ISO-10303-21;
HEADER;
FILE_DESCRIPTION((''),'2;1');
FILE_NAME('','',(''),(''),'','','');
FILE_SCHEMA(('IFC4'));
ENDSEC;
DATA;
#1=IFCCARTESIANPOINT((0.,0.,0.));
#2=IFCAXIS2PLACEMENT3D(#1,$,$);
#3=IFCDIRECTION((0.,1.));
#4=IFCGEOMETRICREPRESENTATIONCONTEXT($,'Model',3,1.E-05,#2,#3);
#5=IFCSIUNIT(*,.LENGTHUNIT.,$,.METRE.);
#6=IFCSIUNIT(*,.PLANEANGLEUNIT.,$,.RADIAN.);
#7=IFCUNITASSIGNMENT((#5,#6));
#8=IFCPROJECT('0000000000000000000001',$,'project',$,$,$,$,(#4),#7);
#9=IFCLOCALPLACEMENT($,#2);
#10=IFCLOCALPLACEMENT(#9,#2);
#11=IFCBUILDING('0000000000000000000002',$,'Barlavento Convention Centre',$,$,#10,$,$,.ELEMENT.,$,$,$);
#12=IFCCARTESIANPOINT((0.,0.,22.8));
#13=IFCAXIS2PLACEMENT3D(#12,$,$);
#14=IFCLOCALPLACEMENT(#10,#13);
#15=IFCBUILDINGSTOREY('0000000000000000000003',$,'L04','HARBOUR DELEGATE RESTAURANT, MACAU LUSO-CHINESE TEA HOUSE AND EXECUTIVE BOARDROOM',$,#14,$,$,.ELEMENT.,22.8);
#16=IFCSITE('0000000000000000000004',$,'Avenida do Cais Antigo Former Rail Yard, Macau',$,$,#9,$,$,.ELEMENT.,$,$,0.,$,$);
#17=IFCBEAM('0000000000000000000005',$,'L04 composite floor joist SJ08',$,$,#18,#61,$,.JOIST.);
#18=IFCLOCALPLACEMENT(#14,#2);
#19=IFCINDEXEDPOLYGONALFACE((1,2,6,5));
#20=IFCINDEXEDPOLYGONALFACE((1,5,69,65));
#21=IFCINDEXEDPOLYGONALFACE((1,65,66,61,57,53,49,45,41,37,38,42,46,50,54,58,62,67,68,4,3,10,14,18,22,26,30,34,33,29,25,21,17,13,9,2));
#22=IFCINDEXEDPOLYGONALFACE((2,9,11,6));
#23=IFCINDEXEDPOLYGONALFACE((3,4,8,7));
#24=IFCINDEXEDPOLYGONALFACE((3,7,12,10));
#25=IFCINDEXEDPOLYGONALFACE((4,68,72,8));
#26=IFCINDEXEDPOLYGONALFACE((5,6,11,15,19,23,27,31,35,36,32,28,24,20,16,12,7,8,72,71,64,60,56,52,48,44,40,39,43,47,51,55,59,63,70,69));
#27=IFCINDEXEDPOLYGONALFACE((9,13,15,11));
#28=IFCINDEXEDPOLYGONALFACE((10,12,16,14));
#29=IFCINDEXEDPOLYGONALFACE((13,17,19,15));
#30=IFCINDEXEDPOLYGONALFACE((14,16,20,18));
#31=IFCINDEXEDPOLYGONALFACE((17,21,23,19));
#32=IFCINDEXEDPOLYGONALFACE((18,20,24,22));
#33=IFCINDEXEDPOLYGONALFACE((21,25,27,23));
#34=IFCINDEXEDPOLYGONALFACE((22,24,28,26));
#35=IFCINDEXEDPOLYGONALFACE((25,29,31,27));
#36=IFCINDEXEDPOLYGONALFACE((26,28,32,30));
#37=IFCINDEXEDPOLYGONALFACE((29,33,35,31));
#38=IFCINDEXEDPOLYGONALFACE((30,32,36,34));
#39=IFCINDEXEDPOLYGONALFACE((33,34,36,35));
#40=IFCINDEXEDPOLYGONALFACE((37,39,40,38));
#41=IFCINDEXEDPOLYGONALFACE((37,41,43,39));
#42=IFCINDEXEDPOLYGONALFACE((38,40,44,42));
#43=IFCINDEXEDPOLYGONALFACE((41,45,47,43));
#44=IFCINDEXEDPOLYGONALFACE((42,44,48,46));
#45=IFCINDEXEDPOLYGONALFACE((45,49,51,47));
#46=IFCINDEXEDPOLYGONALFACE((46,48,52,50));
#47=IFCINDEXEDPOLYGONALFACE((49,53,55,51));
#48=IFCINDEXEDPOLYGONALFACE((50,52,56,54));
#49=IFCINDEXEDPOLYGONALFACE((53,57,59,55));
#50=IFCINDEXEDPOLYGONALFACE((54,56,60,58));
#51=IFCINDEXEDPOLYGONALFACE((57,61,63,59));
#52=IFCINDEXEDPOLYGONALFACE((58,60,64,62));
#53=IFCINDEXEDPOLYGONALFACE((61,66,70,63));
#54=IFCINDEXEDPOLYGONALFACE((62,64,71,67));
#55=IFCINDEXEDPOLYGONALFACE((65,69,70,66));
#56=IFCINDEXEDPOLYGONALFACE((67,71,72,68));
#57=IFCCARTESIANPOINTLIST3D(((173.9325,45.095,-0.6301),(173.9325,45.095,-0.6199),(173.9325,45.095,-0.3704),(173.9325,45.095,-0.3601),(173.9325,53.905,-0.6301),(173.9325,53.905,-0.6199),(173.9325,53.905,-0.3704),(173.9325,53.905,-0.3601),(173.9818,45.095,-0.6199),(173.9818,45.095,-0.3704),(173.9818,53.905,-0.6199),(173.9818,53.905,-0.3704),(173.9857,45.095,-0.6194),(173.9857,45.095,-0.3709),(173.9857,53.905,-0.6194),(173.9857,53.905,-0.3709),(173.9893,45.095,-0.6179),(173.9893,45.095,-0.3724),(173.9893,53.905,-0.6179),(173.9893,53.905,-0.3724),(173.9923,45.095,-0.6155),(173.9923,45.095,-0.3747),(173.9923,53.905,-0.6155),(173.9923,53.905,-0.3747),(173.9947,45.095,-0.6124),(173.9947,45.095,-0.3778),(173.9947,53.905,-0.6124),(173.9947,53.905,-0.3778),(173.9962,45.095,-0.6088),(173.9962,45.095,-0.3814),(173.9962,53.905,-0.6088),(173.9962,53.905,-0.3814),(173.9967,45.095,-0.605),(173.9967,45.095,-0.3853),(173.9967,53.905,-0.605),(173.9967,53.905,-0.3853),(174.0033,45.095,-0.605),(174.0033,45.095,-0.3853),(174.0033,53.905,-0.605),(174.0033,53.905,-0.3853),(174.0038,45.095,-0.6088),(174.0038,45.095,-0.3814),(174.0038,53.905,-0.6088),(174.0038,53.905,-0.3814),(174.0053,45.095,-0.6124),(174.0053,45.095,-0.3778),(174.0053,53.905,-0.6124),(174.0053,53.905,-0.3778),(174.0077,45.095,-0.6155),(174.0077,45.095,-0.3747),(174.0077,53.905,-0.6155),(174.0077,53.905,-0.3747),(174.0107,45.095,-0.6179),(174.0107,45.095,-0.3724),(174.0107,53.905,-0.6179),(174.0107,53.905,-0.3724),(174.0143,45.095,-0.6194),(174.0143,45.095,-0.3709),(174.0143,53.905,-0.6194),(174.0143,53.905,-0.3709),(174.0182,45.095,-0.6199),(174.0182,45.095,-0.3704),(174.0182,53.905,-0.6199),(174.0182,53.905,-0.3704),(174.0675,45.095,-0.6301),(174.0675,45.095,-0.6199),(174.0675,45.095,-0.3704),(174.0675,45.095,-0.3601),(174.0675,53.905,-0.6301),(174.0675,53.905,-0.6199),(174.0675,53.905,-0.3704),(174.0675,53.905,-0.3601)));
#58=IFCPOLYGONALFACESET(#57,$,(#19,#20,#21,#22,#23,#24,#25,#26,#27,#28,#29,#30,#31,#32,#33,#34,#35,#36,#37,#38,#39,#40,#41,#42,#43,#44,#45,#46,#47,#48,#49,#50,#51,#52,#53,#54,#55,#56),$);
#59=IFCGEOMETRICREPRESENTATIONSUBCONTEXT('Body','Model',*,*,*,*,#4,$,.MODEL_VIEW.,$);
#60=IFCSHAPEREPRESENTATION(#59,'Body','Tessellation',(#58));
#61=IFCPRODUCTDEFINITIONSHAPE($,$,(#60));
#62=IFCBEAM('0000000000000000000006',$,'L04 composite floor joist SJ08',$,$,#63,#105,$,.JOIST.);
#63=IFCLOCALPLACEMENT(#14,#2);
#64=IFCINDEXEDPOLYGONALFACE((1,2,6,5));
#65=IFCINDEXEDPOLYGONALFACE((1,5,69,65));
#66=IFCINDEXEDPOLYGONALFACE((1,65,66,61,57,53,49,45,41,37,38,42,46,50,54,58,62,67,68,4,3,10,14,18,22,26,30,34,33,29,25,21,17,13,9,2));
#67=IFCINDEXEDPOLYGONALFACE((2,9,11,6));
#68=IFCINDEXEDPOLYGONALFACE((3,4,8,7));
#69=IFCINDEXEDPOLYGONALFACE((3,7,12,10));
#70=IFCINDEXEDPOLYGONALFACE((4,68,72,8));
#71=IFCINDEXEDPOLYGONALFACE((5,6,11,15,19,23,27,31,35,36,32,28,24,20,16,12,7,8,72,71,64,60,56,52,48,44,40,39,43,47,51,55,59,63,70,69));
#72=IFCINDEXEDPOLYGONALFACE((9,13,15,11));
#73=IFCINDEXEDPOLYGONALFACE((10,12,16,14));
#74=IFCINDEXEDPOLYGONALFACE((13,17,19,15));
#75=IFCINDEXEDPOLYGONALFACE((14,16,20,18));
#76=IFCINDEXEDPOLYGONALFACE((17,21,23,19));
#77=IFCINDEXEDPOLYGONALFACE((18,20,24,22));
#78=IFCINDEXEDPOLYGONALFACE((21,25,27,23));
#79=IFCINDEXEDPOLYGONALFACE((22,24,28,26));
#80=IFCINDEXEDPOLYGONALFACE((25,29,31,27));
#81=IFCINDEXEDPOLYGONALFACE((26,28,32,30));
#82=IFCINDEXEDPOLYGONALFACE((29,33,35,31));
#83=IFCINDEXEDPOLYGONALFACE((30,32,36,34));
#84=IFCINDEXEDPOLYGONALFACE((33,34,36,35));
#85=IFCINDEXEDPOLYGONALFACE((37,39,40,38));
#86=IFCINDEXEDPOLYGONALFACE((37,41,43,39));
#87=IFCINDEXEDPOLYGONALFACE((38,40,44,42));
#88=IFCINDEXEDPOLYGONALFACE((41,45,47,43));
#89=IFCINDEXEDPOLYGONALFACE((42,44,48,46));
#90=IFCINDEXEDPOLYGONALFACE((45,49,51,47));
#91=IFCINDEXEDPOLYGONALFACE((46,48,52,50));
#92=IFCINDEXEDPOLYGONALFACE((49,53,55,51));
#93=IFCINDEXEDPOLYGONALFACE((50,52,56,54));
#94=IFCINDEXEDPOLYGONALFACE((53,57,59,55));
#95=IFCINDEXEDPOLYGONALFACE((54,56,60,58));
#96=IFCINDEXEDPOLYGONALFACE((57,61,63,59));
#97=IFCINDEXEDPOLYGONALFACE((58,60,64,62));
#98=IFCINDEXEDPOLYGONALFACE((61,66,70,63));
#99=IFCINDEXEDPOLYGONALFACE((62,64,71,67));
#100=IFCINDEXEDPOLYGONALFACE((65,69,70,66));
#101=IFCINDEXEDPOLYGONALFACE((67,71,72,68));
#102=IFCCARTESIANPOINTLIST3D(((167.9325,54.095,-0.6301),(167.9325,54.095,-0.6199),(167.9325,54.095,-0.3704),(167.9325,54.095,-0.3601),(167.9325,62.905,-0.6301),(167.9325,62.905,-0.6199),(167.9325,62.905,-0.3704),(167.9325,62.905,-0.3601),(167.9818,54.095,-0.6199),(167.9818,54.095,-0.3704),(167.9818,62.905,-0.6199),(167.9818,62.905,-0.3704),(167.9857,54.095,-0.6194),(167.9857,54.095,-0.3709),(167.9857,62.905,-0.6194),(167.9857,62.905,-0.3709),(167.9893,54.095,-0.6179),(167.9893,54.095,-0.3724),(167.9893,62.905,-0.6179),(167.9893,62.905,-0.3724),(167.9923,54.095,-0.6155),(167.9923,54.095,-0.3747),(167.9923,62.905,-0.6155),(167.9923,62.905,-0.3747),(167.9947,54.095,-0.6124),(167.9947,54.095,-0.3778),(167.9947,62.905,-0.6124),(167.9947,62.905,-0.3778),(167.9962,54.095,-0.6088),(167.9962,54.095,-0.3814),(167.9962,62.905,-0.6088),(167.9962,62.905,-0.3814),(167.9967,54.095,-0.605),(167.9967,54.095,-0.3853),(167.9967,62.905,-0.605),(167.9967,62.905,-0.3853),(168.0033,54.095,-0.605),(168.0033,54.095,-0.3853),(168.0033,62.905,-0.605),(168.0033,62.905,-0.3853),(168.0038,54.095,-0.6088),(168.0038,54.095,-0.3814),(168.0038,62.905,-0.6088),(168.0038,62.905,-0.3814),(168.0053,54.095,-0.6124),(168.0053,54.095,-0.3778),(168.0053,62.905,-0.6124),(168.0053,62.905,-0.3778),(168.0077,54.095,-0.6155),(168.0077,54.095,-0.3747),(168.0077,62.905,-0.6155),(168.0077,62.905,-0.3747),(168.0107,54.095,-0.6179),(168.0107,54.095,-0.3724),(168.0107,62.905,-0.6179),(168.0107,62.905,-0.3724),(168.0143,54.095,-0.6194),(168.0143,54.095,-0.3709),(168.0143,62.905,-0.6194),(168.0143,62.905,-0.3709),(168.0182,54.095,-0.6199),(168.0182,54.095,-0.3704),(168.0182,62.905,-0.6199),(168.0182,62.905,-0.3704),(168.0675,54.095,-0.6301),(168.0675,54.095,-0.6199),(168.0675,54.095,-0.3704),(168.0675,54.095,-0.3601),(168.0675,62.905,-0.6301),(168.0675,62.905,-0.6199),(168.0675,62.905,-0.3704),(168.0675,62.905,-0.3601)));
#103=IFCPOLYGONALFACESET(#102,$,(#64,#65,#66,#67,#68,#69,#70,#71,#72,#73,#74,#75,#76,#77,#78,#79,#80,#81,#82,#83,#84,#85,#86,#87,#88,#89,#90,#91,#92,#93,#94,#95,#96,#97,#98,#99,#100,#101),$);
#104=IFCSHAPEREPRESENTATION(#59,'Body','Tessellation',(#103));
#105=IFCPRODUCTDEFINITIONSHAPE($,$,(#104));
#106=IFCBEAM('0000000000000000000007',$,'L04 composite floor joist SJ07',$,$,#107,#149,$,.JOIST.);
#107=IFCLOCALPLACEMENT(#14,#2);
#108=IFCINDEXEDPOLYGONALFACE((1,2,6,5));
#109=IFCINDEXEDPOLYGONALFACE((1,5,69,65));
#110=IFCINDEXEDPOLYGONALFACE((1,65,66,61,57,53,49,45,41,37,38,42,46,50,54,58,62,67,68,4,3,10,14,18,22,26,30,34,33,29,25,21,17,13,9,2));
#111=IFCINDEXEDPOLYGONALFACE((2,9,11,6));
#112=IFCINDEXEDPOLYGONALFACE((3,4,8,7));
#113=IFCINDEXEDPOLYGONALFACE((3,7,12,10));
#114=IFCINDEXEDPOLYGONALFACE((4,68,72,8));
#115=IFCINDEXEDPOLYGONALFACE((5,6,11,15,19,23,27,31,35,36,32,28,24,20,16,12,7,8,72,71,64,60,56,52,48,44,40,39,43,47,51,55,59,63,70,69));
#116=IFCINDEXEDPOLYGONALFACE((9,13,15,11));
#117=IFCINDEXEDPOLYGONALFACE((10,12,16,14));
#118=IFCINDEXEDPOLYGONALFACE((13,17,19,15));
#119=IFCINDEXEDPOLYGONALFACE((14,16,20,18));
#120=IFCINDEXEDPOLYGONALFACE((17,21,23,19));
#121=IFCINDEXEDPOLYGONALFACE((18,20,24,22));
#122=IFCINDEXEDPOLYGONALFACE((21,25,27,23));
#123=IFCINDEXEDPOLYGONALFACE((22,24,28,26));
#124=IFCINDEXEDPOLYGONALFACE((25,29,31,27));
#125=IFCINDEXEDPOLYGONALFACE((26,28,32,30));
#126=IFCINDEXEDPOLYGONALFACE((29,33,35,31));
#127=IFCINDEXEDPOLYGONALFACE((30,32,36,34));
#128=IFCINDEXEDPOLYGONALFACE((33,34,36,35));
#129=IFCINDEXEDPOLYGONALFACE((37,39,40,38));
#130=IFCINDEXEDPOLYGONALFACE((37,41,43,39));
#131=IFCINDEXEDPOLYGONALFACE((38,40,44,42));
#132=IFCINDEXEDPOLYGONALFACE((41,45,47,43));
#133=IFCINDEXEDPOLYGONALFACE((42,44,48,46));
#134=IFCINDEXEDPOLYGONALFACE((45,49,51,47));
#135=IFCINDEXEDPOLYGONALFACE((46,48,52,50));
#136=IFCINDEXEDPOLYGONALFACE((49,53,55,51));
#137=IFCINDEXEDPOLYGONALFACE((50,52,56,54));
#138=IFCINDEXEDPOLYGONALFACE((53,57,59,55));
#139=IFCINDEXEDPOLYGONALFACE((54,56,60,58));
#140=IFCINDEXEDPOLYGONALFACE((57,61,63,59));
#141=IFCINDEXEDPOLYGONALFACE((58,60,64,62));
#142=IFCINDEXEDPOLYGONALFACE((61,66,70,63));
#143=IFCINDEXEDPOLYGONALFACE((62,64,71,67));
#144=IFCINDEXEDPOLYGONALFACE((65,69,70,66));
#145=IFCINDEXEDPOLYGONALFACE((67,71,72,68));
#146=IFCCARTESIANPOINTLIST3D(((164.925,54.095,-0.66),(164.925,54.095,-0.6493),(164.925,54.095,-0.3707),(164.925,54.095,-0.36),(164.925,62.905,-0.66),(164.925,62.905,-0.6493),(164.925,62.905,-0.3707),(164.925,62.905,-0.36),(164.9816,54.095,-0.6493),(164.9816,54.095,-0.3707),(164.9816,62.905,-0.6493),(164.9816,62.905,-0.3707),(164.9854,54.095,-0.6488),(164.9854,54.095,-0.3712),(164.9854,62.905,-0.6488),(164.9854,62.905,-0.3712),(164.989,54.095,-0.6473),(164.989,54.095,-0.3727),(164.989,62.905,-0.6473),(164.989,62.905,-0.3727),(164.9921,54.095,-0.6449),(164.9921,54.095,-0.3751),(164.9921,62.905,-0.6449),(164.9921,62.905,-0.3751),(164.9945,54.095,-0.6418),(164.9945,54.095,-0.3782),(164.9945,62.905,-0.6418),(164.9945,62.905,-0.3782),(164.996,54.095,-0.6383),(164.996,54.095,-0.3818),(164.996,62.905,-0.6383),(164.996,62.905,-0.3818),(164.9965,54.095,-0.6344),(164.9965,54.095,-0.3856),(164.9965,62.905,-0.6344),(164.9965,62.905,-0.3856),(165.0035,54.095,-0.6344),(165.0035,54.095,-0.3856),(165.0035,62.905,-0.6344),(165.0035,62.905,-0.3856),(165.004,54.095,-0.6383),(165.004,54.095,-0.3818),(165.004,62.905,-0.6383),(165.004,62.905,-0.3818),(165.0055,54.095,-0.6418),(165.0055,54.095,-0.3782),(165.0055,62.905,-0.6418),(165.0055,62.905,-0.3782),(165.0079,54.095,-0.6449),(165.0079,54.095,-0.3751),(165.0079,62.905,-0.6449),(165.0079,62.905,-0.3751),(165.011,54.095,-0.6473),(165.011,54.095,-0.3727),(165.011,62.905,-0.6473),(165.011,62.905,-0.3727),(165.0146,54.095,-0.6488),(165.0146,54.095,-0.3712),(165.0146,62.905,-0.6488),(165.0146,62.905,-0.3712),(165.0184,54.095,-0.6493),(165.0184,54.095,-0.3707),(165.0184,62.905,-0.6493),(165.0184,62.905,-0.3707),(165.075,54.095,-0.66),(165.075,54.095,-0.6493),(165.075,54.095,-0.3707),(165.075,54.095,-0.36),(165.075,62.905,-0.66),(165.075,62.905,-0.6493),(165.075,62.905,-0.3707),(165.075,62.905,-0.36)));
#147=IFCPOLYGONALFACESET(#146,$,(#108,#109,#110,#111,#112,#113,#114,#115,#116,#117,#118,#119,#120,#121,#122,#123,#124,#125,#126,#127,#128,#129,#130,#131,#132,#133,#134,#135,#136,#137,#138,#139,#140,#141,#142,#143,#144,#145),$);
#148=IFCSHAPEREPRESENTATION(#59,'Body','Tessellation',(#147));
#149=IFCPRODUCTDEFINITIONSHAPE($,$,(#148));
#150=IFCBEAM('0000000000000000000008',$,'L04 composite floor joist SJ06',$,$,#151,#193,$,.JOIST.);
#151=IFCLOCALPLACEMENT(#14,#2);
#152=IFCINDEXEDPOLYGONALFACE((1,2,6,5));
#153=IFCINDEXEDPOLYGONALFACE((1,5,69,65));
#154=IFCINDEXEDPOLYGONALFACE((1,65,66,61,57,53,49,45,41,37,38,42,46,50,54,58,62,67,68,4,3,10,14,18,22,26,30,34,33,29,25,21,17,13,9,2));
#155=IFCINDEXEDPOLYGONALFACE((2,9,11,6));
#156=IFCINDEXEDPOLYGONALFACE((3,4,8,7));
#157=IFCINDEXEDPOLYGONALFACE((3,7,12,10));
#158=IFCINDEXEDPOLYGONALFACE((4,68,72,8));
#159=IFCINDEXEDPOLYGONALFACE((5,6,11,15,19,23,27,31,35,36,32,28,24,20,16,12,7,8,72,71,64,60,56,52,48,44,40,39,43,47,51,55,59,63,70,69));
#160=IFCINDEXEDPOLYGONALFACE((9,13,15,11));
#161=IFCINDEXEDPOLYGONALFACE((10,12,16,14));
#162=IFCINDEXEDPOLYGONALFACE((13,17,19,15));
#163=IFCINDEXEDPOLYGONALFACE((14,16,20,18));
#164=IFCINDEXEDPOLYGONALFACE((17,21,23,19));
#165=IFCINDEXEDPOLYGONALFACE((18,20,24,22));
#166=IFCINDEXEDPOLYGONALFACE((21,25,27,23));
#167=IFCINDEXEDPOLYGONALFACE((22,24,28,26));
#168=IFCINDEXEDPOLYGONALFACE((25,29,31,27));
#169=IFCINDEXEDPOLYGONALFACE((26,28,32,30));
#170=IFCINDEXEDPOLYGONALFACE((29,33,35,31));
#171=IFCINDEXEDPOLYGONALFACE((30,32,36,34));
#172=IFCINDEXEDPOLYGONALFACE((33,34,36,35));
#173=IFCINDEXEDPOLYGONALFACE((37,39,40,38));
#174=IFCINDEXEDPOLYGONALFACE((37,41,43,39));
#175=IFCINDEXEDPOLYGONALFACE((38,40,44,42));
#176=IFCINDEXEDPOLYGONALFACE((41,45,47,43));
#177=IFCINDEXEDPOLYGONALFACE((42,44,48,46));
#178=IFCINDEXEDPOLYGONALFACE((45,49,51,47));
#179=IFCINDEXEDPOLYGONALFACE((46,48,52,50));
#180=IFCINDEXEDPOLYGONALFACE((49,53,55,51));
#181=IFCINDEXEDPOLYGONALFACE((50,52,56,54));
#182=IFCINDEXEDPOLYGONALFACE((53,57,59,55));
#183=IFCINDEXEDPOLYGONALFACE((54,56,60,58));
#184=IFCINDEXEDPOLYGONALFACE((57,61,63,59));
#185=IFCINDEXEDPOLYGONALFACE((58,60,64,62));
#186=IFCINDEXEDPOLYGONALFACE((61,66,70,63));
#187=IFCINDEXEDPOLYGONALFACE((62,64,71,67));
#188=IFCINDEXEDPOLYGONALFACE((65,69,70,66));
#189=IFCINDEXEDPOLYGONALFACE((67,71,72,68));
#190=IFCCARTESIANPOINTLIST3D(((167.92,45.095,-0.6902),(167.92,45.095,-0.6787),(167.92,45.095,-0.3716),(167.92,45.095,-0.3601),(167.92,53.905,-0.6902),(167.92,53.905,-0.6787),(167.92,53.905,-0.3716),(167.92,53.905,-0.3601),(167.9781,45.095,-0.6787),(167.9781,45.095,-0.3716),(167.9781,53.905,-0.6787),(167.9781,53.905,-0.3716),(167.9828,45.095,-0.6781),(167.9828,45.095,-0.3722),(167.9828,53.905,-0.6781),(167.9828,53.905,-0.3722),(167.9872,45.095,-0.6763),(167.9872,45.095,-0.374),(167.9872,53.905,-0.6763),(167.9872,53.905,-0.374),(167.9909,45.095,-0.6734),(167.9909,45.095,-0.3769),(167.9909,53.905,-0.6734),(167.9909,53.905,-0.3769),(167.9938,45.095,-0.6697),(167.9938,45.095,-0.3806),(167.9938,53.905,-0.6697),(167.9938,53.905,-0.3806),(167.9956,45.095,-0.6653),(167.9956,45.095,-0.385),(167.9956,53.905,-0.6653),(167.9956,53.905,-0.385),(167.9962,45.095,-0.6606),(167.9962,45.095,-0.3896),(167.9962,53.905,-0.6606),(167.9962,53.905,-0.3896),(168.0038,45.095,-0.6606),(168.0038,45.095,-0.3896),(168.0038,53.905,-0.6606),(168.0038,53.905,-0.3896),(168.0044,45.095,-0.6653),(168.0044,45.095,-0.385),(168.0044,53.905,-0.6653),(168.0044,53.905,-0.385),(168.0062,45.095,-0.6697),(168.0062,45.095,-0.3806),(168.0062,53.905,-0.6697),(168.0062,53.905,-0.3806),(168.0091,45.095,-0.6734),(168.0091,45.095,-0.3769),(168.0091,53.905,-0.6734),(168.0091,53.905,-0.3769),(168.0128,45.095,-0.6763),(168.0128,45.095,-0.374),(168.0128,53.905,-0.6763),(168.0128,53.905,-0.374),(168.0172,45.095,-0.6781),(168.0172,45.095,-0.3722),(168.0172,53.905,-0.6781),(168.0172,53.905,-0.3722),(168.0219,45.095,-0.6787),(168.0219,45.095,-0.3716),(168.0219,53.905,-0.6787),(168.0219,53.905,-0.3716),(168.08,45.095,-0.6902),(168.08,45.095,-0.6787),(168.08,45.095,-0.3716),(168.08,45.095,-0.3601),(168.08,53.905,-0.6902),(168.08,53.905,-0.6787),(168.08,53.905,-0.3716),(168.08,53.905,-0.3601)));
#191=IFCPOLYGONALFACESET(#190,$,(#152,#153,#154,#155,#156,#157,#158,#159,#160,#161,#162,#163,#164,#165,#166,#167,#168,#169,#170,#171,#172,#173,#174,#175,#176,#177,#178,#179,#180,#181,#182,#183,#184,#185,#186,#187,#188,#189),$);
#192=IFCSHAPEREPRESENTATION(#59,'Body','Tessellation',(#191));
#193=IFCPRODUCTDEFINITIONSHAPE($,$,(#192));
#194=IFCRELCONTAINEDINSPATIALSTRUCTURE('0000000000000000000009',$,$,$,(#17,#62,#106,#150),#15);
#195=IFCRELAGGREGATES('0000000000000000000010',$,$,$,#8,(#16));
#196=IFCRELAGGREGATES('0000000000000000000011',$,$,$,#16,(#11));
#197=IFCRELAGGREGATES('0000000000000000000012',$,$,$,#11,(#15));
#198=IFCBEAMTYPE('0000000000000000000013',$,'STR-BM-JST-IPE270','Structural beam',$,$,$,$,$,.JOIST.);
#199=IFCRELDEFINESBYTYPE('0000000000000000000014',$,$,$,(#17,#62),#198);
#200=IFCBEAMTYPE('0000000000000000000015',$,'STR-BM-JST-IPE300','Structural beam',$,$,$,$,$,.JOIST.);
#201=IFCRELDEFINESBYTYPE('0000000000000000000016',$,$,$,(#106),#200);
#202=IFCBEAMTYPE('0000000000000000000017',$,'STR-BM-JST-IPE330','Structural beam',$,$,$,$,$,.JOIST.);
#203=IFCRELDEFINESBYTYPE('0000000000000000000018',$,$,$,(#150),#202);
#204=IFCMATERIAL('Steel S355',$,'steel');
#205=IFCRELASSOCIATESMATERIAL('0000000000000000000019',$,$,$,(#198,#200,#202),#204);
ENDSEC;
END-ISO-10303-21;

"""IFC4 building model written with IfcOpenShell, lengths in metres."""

from ifc_helpers import new_model, si_unit, direction, frame, origin, origin_2d, place, context, subcontext, project, spatial, i_section, extrude, material, material_profile, profile_set, type_object, element, save


model = new_model("IFC4")

# Units and contexts
model_context = context("Model", 3, precision=1e-05, world=origin(), true_north=direction((0.0, 1.0)))
body_context = subcontext(model_context, "Body", "Model", "MODEL_VIEW")
ifc_project = project(units=[si_unit("LENGTHUNIT", "METRE"), si_unit("PLANEANGLEUNIT", "RADIAN")], contexts=[model_context])

# Site, building, storey
site_placement = place(None, origin())
site = spatial("IfcSite", under=ifc_project, at=site_placement, Name="Avenida do Cais Antigo Former Rail Yard, Macau", CompositionType="ELEMENT", RefElevation=0.0)
building_placement = place(site_placement, origin())
building = spatial("IfcBuilding", under=site, at=building_placement, Name="Barlavento Convention Centre", CompositionType="ELEMENT")
storey_placement = place(building_placement, frame((0.0, 0.0, 22.8)))
storey = spatial("IfcBuildingStorey", under=building, at=storey_placement, Name="L04", Description="HARBOUR DELEGATE RESTAURANT, MACAU LUSO-CHINESE TEA HOUSE AND EXECUTIVE BOARDROOM", CompositionType="ELEMENT", Elevation=22.8)

# Shared definitions
ifc_material_1 = material(Name="Steel S355", Category="steel")

# Beams
ifc_material_profile_1 = material_profile(ifc_material_1, i_section(OverallWidth=0.135, OverallDepth=0.27, WebThickness=0.0066, FlangeThickness=0.0103, FilletRadius=0.0149, at=origin_2d()), Name="IPE 270")
ifc_profile_set_1 = profile_set([ifc_material_profile_1], Name="Steel S355")
beam_type_1 = type_object("IfcBeamType", Name="STR-BM-JST-IPE270", Description="Structural beam", PredefinedType="JOIST", material=ifc_profile_set_1)
for number, where, z_axis, x_axis, name in (
    (1, (174.0, 45.095, -0.4951), (0.0, 1.0, 0.0), (-1.0, 0.0, 0.0), "L04 composite floor joist SJ08"),
    (2, (168.0, 54.095, -0.4951), (0.0, 1.0, 0.0), (-1.0, 0.0, 0.0), "L04 composite floor joist SJ08"),
):
    element("IfcBeam", number, at=place(storey_placement, frame(where, z_axis=z_axis, x_axis=x_axis)), inside=storey, type_object=beam_type_1, Name=name, PredefinedType="JOIST", context=body_context, shape_type="SweptSolid", body=[
        extrude(i_section(OverallWidth=0.135, OverallDepth=0.27, WebThickness=0.0066, FlangeThickness=0.0103, FilletRadius=0.0149, at=origin_2d()), origin(), (0.0, 0.0, 1.0), 8.8101),
    ])
ifc_material_profile_2 = material_profile(ifc_material_1, i_section(OverallWidth=0.1499, OverallDepth=0.3, WebThickness=0.0071, FlangeThickness=0.0107, FilletRadius=0.0149, at=origin_2d()), Name="IPE 300")
ifc_profile_set_2 = profile_set([ifc_material_profile_2], Name="Steel S355")
beam_type_2 = type_object("IfcBeamType", Name="STR-BM-JST-IPE300", Description="Structural beam", PredefinedType="JOIST", material=ifc_profile_set_2)
beam_1_placement = place(storey_placement, frame((165.0, 54.095, -0.51), z_axis=(0.0, 1.0, 0.0), x_axis=(-1.0, 0.0, 0.0)))
element("IfcBeam", 3, at=beam_1_placement, inside=storey, type_object=beam_type_2, Name="L04 composite floor joist SJ07", PredefinedType="JOIST", context=body_context, shape_type="SweptSolid", body=[
    extrude(i_section(OverallWidth=0.1499, OverallDepth=0.3, WebThickness=0.0071, FlangeThickness=0.0107, FilletRadius=0.0149, at=origin_2d()), origin(), (0.0, 0.0, 1.0), 8.8101),
])
ifc_material_profile_3 = material_profile(ifc_material_1, i_section(OverallWidth=0.1599, OverallDepth=0.3301, WebThickness=0.0076, FlangeThickness=0.0115, FilletRadius=0.0181, at=origin_2d()), Name="IPE 330")
ifc_profile_set_3 = profile_set([ifc_material_profile_3], Name="Steel S355")
beam_type_3 = type_object("IfcBeamType", Name="STR-BM-JST-IPE330", Description="Structural beam", PredefinedType="JOIST", material=ifc_profile_set_3)
beam_2_placement = place(storey_placement, frame((168.0, 45.095, -0.5251), z_axis=(0.0, 1.0, 0.0), x_axis=(-1.0, 0.0, 0.0)))
element("IfcBeam", 4, at=beam_2_placement, inside=storey, type_object=beam_type_3, Name="L04 composite floor joist SJ06", PredefinedType="JOIST", context=body_context, shape_type="SweptSolid", body=[
    extrude(i_section(OverallWidth=0.1599, OverallDepth=0.3301, WebThickness=0.0076, FlangeThickness=0.0115, FilletRadius=0.0181, at=origin_2d()), origin(), (0.0, 0.0, 1.0), 8.8101),
])

save(model, "model.ifc")
